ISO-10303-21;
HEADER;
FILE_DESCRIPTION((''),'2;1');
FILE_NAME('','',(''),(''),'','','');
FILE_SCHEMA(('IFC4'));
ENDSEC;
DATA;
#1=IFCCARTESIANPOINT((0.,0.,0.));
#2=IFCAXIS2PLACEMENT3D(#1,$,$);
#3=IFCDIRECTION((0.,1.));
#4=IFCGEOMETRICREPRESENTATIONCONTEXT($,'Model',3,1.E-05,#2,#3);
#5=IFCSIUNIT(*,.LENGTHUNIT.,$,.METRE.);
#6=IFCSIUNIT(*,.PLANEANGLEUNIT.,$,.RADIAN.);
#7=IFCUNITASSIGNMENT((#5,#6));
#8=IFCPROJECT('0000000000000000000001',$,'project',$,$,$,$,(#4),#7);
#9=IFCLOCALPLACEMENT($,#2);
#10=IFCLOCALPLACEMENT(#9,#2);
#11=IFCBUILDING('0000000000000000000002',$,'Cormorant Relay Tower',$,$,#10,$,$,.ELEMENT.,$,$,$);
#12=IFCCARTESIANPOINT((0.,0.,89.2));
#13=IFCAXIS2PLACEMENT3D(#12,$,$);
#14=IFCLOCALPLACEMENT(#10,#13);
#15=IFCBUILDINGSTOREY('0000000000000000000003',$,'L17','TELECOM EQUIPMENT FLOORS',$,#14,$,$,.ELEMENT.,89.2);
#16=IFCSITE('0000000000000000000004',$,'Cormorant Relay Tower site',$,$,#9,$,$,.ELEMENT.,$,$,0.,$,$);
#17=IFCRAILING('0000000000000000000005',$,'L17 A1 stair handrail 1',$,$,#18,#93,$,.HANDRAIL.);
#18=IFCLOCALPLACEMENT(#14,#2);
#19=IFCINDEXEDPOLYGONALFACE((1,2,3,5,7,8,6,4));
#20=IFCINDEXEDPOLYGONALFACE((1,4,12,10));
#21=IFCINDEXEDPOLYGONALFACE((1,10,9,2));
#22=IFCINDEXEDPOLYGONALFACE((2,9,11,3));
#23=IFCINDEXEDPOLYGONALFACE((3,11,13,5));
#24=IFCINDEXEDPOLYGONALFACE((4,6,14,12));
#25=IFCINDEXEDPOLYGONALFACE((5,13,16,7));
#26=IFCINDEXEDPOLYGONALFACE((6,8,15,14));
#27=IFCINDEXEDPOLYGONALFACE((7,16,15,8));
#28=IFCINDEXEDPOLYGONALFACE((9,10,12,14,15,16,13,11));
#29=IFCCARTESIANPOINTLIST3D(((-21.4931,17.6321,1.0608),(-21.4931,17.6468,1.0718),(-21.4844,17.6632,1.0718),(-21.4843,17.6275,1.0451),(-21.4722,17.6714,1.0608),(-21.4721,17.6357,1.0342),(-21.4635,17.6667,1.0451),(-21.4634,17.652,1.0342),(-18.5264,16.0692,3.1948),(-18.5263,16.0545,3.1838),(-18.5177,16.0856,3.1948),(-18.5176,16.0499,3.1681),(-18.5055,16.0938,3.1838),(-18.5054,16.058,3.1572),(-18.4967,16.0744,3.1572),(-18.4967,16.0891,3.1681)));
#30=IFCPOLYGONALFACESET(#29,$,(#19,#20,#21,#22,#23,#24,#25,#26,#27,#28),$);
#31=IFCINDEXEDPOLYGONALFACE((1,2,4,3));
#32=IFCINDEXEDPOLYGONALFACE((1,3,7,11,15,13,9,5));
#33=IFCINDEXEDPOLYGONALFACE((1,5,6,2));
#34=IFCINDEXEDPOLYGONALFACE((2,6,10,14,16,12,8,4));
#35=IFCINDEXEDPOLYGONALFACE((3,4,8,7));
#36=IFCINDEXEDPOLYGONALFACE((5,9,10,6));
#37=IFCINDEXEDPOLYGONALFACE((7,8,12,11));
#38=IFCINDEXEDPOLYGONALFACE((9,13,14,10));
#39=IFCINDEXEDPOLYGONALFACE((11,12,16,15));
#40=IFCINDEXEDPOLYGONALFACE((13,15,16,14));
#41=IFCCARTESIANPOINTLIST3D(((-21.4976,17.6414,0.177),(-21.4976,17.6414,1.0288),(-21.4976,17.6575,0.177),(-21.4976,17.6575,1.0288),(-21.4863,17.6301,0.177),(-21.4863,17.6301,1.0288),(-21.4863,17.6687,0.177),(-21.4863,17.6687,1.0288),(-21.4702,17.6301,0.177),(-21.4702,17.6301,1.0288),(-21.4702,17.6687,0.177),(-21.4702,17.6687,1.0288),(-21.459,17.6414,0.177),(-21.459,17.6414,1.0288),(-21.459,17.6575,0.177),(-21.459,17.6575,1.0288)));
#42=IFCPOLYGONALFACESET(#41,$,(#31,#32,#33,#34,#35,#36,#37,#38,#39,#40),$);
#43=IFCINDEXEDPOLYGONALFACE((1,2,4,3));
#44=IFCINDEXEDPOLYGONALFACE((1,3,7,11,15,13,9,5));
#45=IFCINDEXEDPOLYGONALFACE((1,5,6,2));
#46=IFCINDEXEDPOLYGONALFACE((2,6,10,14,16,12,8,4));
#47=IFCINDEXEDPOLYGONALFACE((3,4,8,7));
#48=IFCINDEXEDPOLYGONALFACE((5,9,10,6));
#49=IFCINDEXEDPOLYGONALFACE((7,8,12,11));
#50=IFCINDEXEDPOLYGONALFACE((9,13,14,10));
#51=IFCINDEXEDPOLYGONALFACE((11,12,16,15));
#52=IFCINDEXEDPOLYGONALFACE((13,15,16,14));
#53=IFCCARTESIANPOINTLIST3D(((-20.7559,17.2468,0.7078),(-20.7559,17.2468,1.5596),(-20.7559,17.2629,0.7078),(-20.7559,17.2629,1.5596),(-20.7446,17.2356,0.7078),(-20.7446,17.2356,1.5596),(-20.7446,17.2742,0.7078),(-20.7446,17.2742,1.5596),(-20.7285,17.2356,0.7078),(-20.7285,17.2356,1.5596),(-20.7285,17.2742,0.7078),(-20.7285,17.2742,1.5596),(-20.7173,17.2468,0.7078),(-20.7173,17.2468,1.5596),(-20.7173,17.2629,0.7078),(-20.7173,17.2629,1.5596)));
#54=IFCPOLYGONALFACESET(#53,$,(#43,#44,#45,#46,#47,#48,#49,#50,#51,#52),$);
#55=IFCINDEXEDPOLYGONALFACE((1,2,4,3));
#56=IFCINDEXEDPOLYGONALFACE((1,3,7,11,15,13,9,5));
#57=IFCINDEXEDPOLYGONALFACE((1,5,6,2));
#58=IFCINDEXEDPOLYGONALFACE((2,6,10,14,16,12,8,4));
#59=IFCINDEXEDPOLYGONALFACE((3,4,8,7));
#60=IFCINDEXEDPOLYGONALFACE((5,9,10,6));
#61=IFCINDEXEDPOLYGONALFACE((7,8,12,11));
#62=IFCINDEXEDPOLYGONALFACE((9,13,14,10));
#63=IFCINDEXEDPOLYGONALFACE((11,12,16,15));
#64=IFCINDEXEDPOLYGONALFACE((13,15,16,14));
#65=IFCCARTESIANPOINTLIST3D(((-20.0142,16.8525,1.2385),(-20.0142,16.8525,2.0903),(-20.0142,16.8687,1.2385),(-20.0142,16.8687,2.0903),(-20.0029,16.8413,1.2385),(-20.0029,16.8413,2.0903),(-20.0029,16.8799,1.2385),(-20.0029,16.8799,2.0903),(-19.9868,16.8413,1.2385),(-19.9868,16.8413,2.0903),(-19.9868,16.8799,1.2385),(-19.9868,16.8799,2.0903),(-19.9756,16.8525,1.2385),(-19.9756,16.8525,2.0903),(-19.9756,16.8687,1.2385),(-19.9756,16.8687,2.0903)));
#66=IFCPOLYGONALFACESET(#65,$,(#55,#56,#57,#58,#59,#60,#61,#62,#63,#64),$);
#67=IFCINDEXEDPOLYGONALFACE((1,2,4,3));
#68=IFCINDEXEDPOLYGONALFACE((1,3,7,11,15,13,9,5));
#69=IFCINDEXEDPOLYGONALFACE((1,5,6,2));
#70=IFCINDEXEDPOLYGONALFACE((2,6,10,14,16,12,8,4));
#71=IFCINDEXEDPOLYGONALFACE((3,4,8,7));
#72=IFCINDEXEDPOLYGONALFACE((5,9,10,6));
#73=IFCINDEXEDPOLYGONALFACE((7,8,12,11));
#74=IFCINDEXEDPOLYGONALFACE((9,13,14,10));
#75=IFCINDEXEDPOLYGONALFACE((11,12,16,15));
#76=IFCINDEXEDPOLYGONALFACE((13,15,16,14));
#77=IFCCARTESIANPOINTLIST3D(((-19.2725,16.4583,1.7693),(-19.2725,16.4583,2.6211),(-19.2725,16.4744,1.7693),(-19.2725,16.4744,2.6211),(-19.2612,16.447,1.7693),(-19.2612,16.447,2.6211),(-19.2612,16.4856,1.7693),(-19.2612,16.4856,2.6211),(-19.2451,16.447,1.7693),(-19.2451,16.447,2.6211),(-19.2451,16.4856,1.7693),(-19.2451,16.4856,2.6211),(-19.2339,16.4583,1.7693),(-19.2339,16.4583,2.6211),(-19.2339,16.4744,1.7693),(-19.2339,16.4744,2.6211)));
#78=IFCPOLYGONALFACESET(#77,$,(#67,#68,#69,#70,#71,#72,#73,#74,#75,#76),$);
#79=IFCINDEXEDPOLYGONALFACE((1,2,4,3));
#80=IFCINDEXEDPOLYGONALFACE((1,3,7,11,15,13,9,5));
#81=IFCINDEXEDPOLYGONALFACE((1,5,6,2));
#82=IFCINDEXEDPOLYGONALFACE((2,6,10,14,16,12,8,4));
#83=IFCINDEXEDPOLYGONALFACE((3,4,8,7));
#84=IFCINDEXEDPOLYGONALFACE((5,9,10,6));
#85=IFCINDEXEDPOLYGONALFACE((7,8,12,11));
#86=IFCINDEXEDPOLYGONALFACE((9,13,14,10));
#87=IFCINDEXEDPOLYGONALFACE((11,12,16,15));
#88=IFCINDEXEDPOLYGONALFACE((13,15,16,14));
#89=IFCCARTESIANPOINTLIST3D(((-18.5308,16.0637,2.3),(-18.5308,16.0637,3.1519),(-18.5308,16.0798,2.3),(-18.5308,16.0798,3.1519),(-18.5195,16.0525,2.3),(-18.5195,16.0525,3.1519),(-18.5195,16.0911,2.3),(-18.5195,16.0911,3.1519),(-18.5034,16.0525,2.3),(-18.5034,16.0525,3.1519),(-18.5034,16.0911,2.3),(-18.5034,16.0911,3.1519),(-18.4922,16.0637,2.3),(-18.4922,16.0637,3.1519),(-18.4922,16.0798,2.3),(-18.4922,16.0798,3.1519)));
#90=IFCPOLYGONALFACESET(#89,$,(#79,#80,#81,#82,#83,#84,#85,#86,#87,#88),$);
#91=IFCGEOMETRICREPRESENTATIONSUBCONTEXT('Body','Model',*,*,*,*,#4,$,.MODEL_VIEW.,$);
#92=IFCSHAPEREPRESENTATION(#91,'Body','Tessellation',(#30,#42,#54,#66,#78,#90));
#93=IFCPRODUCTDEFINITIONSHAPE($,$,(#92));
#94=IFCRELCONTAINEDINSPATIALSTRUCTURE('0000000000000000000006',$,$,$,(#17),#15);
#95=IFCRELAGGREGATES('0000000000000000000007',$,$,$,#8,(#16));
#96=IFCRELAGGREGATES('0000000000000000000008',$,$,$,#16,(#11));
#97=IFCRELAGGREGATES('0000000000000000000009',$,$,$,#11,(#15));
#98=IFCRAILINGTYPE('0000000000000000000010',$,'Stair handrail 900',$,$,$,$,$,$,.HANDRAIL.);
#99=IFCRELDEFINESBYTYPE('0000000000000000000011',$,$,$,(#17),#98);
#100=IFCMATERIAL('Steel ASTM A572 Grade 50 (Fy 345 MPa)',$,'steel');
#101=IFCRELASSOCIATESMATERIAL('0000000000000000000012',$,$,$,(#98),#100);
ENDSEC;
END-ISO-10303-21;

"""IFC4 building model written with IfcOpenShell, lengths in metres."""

from ifc_helpers import new_model, si_unit, direction, frame, origin, place, context, subcontext, project, spatial, polyline, outline, extrude, material, type_object, element, save


model = new_model("IFC4")

# Units and contexts
model_context = context("Model", 3, precision=1e-05, world=origin(), true_north=direction((0.0, 1.0)))
body_context = subcontext(model_context, "Body", "Model", "MODEL_VIEW")
ifc_project = project(units=[si_unit("LENGTHUNIT", "METRE"), si_unit("PLANEANGLEUNIT", "RADIAN")], contexts=[model_context])

# Site, building, storey
site_placement = place(None, origin())
site = spatial("IfcSite", under=ifc_project, at=site_placement, Name="Cormorant Relay Tower site", CompositionType="ELEMENT", RefElevation=0.0)
building_placement = place(site_placement, origin())
building = spatial("IfcBuilding", under=site, at=building_placement, Name="Cormorant Relay Tower", CompositionType="ELEMENT")
storey_placement = place(building_placement, frame((0.0, 0.0, 89.2)))
storey = spatial("IfcBuildingStorey", under=building, at=storey_placement, Name="L17", Description="TELECOM EQUIPMENT FLOORS", CompositionType="ELEMENT", Elevation=89.2)

# Railing
ifc_material_1 = material(Name="Steel ASTM A572 Grade 50 (Fy 345 MPa)", Category="steel")
railing_type = type_object("IfcRailingType", Name="Stair handrail 900", PredefinedType="HANDRAIL", material=ifc_material_1)
railing_placement = place(storey_placement, frame((-21.4783, 17.6494, 0.177)))
element("IfcRailing", 1, at=railing_placement, inside=storey, type_object=railing_type, Name="L17 A1 stair handrail 1", PredefinedType="HANDRAIL", context=body_context, shape_type="SweptSolid", body=[
    extrude(outline(polyline([(0.0222, 0.0093), (0.0093, 0.0222), (-0.0093, 0.0222), (-0.0222, 0.0093), (-0.0222, -0.0093), (-0.0093, -0.0222), (0.0093, -0.0222), (0.0222, -0.0093), (0.0222, 0.0093)])), frame((0.0, 0.0, 0.876), z_axis=(0.746422, -0.396921, 0.534142), x_axis=(0.469509, 0.882928, 0.0)), (0.0, 0.0, 1.0), 3.9746),
    extrude(outline(polyline([(0.0193, 0.0081), (0.0081, 0.0193), (-0.0081, 0.0193), (-0.0193, 0.0081), (-0.0193, -0.0081), (-0.0081, -0.0193), (0.0081, -0.0193), (0.0193, -0.0081), (0.0193, 0.0081)])), origin(), (0.0, 0.0, 1.0), 0.8518),
    extrude(outline(polyline([(0.0193, 0.0081), (0.0081, 0.0193), (-0.0081, 0.0193), (-0.0193, 0.0081), (-0.0193, -0.0081), (-0.0081, -0.0193), (0.0081, -0.0193), (0.0193, -0.0081), (0.0193, 0.0081)])), frame((0.7417, -0.3945, 0.5308)), (0.0, 0.0, 1.0), 0.8518),
    extrude(outline(polyline([(0.0193, 0.0081), (0.0081, 0.0193), (-0.0081, 0.0193), (-0.0193, 0.0081), (-0.0193, -0.0081), (-0.0081, -0.0193), (0.0081, -0.0193), (0.0193, -0.0081), (0.0193, 0.0081)])), frame((1.4834, -0.7888, 1.0615)), (0.0, 0.0, 1.0), 0.8518),
    extrude(outline(polyline([(0.0193, 0.0081), (0.0081, 0.0193), (-0.0081, 0.0193), (-0.0193, 0.0081), (-0.0193, -0.0081), (-0.0081, -0.0193), (0.0081, -0.0193), (0.0193, -0.0081), (0.0193, 0.0081)])), frame((2.2251, -1.1831, 1.5923)), (0.0, 0.0, 1.0), 0.8518),
    extrude(outline(polyline([(0.0193, 0.0081), (0.0081, 0.0193), (-0.0081, 0.0193), (-0.0193, 0.0081), (-0.0193, -0.0081), (-0.0081, -0.0193), (0.0081, -0.0193), (0.0193, -0.0081), (0.0193, 0.0081)])), frame((2.9668, -1.5776, 2.123)), (0.0, 0.0, 1.0), 0.8518),
])

save(model, "model.ifc")
